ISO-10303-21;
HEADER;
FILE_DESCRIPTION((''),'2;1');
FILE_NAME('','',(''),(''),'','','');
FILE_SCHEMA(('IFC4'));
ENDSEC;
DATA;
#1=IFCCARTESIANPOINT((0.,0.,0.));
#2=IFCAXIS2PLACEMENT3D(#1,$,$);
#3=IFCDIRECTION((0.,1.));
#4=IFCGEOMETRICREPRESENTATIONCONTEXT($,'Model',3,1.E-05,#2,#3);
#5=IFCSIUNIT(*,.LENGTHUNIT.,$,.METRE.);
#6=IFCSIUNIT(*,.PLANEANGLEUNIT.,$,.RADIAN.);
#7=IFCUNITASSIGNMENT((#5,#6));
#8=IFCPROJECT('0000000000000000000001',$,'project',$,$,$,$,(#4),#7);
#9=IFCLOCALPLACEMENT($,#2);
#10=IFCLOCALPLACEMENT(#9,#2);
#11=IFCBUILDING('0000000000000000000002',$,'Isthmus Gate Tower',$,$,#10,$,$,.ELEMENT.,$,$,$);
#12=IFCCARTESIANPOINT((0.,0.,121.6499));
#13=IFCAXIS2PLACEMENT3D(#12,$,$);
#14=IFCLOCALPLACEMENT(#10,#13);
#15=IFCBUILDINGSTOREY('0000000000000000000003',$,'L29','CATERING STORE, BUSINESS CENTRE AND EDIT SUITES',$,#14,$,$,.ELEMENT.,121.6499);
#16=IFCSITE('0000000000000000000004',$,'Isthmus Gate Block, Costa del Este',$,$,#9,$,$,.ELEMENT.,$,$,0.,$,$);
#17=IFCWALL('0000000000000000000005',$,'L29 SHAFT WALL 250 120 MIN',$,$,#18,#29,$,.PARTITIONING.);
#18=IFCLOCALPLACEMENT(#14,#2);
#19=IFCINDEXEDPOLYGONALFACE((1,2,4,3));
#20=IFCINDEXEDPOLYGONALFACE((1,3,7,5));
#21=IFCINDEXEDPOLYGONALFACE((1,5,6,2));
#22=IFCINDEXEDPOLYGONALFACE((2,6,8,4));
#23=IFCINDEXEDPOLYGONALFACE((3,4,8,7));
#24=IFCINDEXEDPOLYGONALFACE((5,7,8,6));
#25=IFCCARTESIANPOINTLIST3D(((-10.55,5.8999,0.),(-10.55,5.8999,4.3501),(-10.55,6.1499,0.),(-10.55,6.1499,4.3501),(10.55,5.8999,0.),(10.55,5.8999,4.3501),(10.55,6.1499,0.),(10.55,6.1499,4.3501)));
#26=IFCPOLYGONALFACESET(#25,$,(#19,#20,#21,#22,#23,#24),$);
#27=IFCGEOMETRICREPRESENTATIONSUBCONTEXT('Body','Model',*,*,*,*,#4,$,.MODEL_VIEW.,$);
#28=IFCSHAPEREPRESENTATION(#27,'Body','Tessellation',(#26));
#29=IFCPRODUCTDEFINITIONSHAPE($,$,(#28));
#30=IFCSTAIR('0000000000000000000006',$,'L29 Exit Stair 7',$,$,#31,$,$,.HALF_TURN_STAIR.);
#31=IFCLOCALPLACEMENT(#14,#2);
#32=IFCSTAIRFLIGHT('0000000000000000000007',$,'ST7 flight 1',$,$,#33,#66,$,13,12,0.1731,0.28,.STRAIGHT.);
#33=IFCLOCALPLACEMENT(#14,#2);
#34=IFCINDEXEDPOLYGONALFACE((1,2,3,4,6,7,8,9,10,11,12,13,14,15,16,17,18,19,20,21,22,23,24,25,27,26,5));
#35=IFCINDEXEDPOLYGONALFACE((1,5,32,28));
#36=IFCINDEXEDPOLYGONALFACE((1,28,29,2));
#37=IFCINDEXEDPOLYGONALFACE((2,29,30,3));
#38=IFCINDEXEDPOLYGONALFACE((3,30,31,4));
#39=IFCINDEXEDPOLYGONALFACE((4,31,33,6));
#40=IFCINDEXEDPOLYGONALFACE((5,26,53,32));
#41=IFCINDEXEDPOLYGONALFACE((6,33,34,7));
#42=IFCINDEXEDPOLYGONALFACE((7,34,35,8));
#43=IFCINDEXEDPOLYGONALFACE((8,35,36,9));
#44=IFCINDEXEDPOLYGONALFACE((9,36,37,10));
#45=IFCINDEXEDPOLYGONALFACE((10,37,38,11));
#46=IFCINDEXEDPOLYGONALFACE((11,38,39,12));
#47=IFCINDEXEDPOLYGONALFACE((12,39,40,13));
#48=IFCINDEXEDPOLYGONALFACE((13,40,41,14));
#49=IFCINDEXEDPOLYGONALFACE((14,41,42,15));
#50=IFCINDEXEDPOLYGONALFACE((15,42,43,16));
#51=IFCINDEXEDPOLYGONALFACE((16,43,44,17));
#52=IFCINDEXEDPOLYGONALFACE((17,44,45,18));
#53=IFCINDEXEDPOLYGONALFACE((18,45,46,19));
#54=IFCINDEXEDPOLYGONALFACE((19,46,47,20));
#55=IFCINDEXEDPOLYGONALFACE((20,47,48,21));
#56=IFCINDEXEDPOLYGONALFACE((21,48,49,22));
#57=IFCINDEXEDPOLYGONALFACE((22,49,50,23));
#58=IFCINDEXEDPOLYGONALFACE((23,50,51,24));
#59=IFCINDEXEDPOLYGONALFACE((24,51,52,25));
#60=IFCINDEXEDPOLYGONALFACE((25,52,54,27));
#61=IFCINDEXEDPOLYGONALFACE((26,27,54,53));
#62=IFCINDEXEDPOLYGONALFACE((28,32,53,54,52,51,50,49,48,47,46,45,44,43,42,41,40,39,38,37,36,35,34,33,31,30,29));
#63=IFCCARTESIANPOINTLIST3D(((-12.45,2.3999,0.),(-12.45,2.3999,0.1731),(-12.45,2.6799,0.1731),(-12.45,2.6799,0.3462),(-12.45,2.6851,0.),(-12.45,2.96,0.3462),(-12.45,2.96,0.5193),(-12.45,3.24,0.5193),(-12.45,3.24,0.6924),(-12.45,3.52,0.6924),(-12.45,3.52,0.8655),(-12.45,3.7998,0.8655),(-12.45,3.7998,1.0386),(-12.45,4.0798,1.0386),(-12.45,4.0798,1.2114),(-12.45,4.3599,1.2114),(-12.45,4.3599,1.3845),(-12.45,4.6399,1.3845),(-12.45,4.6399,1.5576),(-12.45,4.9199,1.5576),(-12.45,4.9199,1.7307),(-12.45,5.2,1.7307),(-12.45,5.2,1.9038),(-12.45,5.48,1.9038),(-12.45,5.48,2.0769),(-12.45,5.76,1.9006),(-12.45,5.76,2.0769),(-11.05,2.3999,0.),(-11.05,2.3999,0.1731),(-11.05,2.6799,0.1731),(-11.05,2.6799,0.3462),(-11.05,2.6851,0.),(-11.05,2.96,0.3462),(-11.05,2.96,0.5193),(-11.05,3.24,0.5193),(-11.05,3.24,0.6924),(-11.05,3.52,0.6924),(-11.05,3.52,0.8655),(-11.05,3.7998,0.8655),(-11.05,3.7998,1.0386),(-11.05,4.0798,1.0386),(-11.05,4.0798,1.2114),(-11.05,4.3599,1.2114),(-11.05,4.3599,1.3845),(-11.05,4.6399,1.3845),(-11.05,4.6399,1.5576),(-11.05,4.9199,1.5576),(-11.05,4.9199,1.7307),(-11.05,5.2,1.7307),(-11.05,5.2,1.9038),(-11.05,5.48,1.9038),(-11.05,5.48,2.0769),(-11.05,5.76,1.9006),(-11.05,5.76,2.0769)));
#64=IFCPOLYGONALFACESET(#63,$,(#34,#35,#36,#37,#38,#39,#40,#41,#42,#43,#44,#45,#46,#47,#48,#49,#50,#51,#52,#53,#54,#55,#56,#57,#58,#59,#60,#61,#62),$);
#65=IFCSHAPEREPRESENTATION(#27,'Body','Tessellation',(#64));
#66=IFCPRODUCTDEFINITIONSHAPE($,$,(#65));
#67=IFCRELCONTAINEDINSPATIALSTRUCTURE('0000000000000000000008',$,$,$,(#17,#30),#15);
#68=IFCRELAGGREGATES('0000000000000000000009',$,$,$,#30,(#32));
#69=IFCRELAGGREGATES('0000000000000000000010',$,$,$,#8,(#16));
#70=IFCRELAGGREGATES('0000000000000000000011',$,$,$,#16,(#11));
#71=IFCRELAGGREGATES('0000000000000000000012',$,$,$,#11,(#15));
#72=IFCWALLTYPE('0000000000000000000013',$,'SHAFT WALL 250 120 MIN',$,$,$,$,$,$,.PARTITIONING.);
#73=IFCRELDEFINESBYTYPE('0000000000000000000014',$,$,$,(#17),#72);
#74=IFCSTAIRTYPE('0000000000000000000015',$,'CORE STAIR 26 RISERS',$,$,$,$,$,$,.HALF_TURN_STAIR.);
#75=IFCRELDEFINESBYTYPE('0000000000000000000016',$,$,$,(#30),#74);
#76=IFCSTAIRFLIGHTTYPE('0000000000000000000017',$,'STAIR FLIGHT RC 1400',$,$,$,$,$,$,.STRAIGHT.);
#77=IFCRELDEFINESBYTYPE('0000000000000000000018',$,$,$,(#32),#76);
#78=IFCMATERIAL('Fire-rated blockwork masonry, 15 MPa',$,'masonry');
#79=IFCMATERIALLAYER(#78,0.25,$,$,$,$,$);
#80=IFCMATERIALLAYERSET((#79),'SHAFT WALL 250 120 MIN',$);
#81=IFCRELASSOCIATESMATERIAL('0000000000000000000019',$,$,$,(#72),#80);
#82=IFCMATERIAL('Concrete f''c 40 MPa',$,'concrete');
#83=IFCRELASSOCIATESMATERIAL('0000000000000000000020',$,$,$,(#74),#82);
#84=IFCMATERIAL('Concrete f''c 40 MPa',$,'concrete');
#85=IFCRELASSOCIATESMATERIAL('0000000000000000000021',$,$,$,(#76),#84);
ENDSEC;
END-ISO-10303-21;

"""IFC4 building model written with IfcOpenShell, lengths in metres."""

from ifc_helpers import new_model, si_unit, direction, frame, frame_2d, origin, place, context, subcontext, project, spatial, polyline, rectangle, outline, extrude, material, layer, layer_set, type_object, element, aggregate, save


model = new_model("IFC4")

# Units and contexts
model_context = context("Model", 3, precision=1e-05, world=origin(), true_north=direction((0.0, 1.0)))
body_context = subcontext(model_context, "Body", "Model", "MODEL_VIEW")
ifc_project = project(units=[si_unit("LENGTHUNIT", "METRE"), si_unit("PLANEANGLEUNIT", "RADIAN")], contexts=[model_context])

# Site, building, storey
site_placement = place(None, origin())
site = spatial("IfcSite", under=ifc_project, at=site_placement, Name="Isthmus Gate Block, Costa del Este", CompositionType="ELEMENT", RefElevation=0.0)
building_placement = place(site_placement, origin())
building = spatial("IfcBuilding", under=site, at=building_placement, Name="Isthmus Gate Tower", CompositionType="ELEMENT")
storey_placement = place(building_placement, frame((0.0, 0.0, 121.6499)))
storey = spatial("IfcBuildingStorey", under=building, at=storey_placement, Name="L29", Description="CATERING STORE, BUSINESS CENTRE AND EDIT SUITES", CompositionType="ELEMENT", Elevation=121.6499)

# Wall
ifc_material_1 = material(Name="Fire-rated blockwork masonry, 15 MPa", Category="masonry")
ifc_layer_1 = layer(ifc_material_1, 0.25)
ifc_layer_set_1 = layer_set([ifc_layer_1], Name="SHAFT WALL 250 120 MIN")
wall_type_1 = type_object("IfcWallType", Name="SHAFT WALL 250 120 MIN", PredefinedType="PARTITIONING", material=ifc_layer_set_1)
wall_1_placement = place(storey_placement, frame((-10.55, 6.0249, 0.0), z_axis=(0.0, 0.0, 1.0), x_axis=(1.0, 0.0, 0.0)))
element("IfcWall", 1, at=wall_1_placement, inside=storey, type_object=wall_type_1, Name="L29 SHAFT WALL 250 120 MIN", PredefinedType="PARTITIONING", context=body_context, shape_type="SweptSolid", body=[
    extrude(rectangle(XDim=21.1001, YDim=0.25, at=frame_2d((10.55, 0.0))), origin(), (0.0, 0.0, 1.0), 4.3501),
])

# Stair, stair flight
ifc_material_2 = material(Name="Concrete f'c 40 MPa", Category="concrete")
stair_type = type_object("IfcStairType", Name="CORE STAIR 26 RISERS", PredefinedType="HALF_TURN_STAIR", material=ifc_material_2)
stair_placement = place(storey_placement, origin())
stair = element("IfcStair", 2, at=stair_placement, inside=storey, type_object=stair_type, Name="L29 Exit Stair 7", PredefinedType="HALF_TURN_STAIR")
ifc_material_3 = material(Name="Concrete f'c 40 MPa", Category="concrete")
stair_flight_type = type_object("IfcStairFlightType", Name="STAIR FLIGHT RC 1400", PredefinedType="STRAIGHT", material=ifc_material_3)
stair_flight_placement = place(storey_placement, frame((-11.75, 2.3999, 0.0), z_axis=(0.0, 0.0, 1.0), x_axis=(0.0, 1.0, 0.0)))
stair_flight = element("IfcStairFlight", 3, at=stair_flight_placement, type_object=stair_flight_type, Name="ST7 flight 1", NumberOfRisers=13, NumberOfTreads=12, PredefinedType="STRAIGHT", RiserHeight=0.1731, TreadLength=0.28, context=body_context, shape_type="SweptSolid", body=[
    extrude(outline(polyline([(0.0, 0.0), (0.0, 0.1731), (0.28, 0.1731), (0.28, 0.3462), (0.5601, 0.3462), (0.5601, 0.5193), (0.8401, 0.5193), (0.8401, 0.6924), (1.1201, 0.6924), (1.1201, 0.8655), (1.3999, 0.8655), (1.3999, 1.0386), (1.6799, 1.0386), (1.6799, 1.2114), (1.96, 1.2114), (1.96, 1.3845), (2.24, 1.3845), (2.24, 1.5576), (2.52, 1.5576), (2.52, 1.7307), (2.8, 1.7307), (2.8, 1.9038), (3.0801, 1.9038), (3.0801, 2.0769), (3.3601, 2.0769), (3.3601, 2.25), (3.3601, 1.9006), (0.2852, 0.0), (0.0, 0.0)])), frame((0.0, 0.7, 0.0), z_axis=(0.0, -1.0, 0.0), x_axis=(1.0, 0.0, 0.0)), (0.0, 0.0, 1.0), 1.3999),
])
aggregate(stair, [stair_flight])

save(model, "model.ifc")
